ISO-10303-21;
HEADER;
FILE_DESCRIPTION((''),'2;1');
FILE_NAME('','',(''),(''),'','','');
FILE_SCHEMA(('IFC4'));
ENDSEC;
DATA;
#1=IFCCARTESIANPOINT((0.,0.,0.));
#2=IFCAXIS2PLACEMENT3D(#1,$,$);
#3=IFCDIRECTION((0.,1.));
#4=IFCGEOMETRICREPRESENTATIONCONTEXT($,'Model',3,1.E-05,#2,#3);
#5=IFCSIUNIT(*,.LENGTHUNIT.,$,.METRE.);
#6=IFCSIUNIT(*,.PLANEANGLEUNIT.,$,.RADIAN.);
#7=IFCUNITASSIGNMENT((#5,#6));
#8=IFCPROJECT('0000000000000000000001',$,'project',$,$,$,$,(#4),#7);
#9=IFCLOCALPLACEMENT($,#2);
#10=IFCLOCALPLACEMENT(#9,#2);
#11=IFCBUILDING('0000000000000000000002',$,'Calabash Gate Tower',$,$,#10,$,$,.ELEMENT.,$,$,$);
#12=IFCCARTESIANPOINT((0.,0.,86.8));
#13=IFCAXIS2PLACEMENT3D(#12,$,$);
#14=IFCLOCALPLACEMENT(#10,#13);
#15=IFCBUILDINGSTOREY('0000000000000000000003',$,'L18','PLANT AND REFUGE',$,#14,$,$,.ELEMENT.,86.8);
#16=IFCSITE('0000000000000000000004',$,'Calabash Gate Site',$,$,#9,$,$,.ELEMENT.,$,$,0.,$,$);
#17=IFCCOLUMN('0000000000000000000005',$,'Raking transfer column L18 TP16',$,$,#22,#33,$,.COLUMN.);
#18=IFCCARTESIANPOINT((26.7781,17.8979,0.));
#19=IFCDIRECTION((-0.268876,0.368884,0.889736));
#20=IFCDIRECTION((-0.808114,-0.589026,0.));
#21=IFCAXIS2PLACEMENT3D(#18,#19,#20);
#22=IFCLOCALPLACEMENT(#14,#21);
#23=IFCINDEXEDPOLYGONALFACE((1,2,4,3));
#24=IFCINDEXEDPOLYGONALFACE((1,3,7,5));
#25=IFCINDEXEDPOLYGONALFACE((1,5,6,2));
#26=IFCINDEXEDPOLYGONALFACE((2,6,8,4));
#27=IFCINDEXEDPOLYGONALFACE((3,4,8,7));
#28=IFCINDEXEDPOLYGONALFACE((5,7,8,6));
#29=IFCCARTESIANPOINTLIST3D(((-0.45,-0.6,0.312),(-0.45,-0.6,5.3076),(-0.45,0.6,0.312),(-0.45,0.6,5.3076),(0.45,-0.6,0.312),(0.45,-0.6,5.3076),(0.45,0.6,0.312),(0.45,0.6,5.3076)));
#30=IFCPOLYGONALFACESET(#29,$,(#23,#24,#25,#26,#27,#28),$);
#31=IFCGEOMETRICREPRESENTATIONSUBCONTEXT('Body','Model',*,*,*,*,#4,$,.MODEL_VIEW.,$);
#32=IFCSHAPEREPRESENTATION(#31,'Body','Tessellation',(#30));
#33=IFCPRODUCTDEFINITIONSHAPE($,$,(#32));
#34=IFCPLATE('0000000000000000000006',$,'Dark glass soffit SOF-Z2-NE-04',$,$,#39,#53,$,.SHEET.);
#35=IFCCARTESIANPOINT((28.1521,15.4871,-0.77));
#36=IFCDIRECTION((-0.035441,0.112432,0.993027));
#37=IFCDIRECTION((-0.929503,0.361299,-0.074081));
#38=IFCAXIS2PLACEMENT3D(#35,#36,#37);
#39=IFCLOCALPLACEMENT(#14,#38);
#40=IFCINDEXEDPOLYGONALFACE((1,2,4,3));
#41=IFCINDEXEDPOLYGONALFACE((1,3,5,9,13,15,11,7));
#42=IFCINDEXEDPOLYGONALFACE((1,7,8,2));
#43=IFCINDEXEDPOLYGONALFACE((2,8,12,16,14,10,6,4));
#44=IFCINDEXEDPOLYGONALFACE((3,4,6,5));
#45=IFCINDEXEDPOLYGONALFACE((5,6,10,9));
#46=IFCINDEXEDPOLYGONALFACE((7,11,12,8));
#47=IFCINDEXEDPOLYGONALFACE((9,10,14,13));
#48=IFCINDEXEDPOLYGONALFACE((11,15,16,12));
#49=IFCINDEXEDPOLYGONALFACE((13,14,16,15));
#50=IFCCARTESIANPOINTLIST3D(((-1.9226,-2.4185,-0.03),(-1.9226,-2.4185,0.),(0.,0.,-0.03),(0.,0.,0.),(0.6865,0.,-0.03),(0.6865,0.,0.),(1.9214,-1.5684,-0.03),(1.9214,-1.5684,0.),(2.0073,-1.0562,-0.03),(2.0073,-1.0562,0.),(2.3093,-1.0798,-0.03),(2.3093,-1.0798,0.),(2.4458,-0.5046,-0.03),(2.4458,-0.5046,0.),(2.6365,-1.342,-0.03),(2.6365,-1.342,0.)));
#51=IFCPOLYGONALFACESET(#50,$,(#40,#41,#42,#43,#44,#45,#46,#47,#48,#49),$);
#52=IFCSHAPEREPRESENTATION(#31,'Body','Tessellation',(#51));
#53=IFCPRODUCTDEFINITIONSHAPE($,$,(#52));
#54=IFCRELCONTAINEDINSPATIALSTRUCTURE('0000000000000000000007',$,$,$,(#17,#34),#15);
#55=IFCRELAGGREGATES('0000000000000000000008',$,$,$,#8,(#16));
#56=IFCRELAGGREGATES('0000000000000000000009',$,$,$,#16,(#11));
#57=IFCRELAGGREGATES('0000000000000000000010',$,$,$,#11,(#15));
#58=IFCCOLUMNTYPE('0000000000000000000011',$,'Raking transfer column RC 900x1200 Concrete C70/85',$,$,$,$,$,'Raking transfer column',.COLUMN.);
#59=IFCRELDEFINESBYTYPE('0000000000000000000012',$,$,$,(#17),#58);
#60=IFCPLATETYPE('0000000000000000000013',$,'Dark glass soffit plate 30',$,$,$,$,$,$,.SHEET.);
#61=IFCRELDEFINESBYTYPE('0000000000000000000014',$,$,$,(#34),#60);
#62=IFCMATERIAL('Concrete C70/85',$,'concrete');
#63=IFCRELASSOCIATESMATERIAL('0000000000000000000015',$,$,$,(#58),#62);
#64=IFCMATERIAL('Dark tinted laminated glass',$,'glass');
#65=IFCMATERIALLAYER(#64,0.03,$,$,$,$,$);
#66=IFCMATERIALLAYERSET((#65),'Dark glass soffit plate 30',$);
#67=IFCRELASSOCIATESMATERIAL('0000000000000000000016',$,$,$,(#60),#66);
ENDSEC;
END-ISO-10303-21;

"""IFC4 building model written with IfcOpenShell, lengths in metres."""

from ifc_helpers import new_model, si_unit, direction, frame, origin, origin_2d, place, context, subcontext, project, spatial, polyline, rectangle, outline, extrude, clip, halfspace, material, layer, layer_set, material_profile, profile_set, type_object, element, save


model = new_model("IFC4")

# Units and contexts
model_context = context("Model", 3, precision=1e-05, world=origin(), true_north=direction((0.0, 1.0)))
body_context = subcontext(model_context, "Body", "Model", "MODEL_VIEW")
ifc_project = project(units=[si_unit("LENGTHUNIT", "METRE"), si_unit("PLANEANGLEUNIT", "RADIAN")], contexts=[model_context])

# Site, building, storey
site_placement = place(None, origin())
site = spatial("IfcSite", under=ifc_project, at=site_placement, Name="Calabash Gate Site", CompositionType="ELEMENT", RefElevation=0.0)
building_placement = place(site_placement, origin())
building = spatial("IfcBuilding", under=site, at=building_placement, Name="Calabash Gate Tower", CompositionType="ELEMENT")
storey_placement = place(building_placement, frame((0.0, 0.0, 86.8)))
storey = spatial("IfcBuildingStorey", under=building, at=storey_placement, Name="L18", Description="PLANT AND REFUGE", CompositionType="ELEMENT", Elevation=86.8)

# Column
ifc_material_1 = material(Name="Concrete C70/85", Category="concrete")
ifc_material_profile_1 = material_profile(ifc_material_1, rectangle(XDim=0.8999, YDim=1.2, at=origin_2d()))
ifc_profile_set_1 = profile_set([ifc_material_profile_1], Name="Concrete C70/85")
column_type_1 = type_object("IfcColumnType", Name="Raking transfer column RC 900x1200 Concrete C70/85", ElementType="Raking transfer column", PredefinedType="COLUMN", material=ifc_profile_set_1)
column_1_placement = place(storey_placement, frame((26.7781, 17.8979, 0.0), z_axis=(-0.268876, 0.368884, 0.889736), x_axis=(-0.808114, -0.589026, 0.0)))
element("IfcColumn", 1, at=column_1_placement, inside=storey, type_object=column_type_1, Name="Raking transfer column L18 TP16", PredefinedType="COLUMN", context=body_context, shape_type="Clipping", body=[
    clip(clip(extrude(rectangle(XDim=0.8999, YDim=1.2, at=origin_2d()), origin(), (0.0, 0.0, 1.0), 5.6196), halfspace(frame((0.0, 0.0, 0.312), z_axis=(0.0, 0.0, 1.0), x_axis=(1.0, 0.0, 0.0)), True)), halfspace(frame((0.0, 0.0, 5.3076), z_axis=(0.0, 0.0, 1.0), x_axis=(1.0, 0.0, 0.0)), False)),
])

# Plate
ifc_material_2 = material(Name="Dark tinted laminated glass", Category="glass")
ifc_layer_1 = layer(ifc_material_2, 0.03)
ifc_layer_set_1 = layer_set([ifc_layer_1], Name="Dark glass soffit plate 30")
plate_type = type_object("IfcPlateType", Name="Dark glass soffit plate 30", PredefinedType="SHEET", material=ifc_layer_set_1)
plate_1_placement = place(storey_placement, frame((28.1521, 15.4871, -0.77), z_axis=(-0.035441, 0.112432, 0.993027), x_axis=(-0.929503, 0.361299, -0.074081)))
element("IfcPlate", 2, at=plate_1_placement, inside=storey, type_object=plate_type, Name="Dark glass soffit SOF-Z2-NE-04", PredefinedType="SHEET", context=body_context, shape_type="SweptSolid", body=[
    extrude(outline(polyline([(0.0, 0.0), (0.6865, 0.0), (2.0073, -1.0562), (2.4458, -0.5046), (2.6365, -1.342), (2.3093, -1.0798), (1.9214, -1.5684), (-1.9226, -2.4185), (0.0, 0.0)])), origin(), (0.0, 0.0, -1.0), 0.03),
])

save(model, "model.ifc")
